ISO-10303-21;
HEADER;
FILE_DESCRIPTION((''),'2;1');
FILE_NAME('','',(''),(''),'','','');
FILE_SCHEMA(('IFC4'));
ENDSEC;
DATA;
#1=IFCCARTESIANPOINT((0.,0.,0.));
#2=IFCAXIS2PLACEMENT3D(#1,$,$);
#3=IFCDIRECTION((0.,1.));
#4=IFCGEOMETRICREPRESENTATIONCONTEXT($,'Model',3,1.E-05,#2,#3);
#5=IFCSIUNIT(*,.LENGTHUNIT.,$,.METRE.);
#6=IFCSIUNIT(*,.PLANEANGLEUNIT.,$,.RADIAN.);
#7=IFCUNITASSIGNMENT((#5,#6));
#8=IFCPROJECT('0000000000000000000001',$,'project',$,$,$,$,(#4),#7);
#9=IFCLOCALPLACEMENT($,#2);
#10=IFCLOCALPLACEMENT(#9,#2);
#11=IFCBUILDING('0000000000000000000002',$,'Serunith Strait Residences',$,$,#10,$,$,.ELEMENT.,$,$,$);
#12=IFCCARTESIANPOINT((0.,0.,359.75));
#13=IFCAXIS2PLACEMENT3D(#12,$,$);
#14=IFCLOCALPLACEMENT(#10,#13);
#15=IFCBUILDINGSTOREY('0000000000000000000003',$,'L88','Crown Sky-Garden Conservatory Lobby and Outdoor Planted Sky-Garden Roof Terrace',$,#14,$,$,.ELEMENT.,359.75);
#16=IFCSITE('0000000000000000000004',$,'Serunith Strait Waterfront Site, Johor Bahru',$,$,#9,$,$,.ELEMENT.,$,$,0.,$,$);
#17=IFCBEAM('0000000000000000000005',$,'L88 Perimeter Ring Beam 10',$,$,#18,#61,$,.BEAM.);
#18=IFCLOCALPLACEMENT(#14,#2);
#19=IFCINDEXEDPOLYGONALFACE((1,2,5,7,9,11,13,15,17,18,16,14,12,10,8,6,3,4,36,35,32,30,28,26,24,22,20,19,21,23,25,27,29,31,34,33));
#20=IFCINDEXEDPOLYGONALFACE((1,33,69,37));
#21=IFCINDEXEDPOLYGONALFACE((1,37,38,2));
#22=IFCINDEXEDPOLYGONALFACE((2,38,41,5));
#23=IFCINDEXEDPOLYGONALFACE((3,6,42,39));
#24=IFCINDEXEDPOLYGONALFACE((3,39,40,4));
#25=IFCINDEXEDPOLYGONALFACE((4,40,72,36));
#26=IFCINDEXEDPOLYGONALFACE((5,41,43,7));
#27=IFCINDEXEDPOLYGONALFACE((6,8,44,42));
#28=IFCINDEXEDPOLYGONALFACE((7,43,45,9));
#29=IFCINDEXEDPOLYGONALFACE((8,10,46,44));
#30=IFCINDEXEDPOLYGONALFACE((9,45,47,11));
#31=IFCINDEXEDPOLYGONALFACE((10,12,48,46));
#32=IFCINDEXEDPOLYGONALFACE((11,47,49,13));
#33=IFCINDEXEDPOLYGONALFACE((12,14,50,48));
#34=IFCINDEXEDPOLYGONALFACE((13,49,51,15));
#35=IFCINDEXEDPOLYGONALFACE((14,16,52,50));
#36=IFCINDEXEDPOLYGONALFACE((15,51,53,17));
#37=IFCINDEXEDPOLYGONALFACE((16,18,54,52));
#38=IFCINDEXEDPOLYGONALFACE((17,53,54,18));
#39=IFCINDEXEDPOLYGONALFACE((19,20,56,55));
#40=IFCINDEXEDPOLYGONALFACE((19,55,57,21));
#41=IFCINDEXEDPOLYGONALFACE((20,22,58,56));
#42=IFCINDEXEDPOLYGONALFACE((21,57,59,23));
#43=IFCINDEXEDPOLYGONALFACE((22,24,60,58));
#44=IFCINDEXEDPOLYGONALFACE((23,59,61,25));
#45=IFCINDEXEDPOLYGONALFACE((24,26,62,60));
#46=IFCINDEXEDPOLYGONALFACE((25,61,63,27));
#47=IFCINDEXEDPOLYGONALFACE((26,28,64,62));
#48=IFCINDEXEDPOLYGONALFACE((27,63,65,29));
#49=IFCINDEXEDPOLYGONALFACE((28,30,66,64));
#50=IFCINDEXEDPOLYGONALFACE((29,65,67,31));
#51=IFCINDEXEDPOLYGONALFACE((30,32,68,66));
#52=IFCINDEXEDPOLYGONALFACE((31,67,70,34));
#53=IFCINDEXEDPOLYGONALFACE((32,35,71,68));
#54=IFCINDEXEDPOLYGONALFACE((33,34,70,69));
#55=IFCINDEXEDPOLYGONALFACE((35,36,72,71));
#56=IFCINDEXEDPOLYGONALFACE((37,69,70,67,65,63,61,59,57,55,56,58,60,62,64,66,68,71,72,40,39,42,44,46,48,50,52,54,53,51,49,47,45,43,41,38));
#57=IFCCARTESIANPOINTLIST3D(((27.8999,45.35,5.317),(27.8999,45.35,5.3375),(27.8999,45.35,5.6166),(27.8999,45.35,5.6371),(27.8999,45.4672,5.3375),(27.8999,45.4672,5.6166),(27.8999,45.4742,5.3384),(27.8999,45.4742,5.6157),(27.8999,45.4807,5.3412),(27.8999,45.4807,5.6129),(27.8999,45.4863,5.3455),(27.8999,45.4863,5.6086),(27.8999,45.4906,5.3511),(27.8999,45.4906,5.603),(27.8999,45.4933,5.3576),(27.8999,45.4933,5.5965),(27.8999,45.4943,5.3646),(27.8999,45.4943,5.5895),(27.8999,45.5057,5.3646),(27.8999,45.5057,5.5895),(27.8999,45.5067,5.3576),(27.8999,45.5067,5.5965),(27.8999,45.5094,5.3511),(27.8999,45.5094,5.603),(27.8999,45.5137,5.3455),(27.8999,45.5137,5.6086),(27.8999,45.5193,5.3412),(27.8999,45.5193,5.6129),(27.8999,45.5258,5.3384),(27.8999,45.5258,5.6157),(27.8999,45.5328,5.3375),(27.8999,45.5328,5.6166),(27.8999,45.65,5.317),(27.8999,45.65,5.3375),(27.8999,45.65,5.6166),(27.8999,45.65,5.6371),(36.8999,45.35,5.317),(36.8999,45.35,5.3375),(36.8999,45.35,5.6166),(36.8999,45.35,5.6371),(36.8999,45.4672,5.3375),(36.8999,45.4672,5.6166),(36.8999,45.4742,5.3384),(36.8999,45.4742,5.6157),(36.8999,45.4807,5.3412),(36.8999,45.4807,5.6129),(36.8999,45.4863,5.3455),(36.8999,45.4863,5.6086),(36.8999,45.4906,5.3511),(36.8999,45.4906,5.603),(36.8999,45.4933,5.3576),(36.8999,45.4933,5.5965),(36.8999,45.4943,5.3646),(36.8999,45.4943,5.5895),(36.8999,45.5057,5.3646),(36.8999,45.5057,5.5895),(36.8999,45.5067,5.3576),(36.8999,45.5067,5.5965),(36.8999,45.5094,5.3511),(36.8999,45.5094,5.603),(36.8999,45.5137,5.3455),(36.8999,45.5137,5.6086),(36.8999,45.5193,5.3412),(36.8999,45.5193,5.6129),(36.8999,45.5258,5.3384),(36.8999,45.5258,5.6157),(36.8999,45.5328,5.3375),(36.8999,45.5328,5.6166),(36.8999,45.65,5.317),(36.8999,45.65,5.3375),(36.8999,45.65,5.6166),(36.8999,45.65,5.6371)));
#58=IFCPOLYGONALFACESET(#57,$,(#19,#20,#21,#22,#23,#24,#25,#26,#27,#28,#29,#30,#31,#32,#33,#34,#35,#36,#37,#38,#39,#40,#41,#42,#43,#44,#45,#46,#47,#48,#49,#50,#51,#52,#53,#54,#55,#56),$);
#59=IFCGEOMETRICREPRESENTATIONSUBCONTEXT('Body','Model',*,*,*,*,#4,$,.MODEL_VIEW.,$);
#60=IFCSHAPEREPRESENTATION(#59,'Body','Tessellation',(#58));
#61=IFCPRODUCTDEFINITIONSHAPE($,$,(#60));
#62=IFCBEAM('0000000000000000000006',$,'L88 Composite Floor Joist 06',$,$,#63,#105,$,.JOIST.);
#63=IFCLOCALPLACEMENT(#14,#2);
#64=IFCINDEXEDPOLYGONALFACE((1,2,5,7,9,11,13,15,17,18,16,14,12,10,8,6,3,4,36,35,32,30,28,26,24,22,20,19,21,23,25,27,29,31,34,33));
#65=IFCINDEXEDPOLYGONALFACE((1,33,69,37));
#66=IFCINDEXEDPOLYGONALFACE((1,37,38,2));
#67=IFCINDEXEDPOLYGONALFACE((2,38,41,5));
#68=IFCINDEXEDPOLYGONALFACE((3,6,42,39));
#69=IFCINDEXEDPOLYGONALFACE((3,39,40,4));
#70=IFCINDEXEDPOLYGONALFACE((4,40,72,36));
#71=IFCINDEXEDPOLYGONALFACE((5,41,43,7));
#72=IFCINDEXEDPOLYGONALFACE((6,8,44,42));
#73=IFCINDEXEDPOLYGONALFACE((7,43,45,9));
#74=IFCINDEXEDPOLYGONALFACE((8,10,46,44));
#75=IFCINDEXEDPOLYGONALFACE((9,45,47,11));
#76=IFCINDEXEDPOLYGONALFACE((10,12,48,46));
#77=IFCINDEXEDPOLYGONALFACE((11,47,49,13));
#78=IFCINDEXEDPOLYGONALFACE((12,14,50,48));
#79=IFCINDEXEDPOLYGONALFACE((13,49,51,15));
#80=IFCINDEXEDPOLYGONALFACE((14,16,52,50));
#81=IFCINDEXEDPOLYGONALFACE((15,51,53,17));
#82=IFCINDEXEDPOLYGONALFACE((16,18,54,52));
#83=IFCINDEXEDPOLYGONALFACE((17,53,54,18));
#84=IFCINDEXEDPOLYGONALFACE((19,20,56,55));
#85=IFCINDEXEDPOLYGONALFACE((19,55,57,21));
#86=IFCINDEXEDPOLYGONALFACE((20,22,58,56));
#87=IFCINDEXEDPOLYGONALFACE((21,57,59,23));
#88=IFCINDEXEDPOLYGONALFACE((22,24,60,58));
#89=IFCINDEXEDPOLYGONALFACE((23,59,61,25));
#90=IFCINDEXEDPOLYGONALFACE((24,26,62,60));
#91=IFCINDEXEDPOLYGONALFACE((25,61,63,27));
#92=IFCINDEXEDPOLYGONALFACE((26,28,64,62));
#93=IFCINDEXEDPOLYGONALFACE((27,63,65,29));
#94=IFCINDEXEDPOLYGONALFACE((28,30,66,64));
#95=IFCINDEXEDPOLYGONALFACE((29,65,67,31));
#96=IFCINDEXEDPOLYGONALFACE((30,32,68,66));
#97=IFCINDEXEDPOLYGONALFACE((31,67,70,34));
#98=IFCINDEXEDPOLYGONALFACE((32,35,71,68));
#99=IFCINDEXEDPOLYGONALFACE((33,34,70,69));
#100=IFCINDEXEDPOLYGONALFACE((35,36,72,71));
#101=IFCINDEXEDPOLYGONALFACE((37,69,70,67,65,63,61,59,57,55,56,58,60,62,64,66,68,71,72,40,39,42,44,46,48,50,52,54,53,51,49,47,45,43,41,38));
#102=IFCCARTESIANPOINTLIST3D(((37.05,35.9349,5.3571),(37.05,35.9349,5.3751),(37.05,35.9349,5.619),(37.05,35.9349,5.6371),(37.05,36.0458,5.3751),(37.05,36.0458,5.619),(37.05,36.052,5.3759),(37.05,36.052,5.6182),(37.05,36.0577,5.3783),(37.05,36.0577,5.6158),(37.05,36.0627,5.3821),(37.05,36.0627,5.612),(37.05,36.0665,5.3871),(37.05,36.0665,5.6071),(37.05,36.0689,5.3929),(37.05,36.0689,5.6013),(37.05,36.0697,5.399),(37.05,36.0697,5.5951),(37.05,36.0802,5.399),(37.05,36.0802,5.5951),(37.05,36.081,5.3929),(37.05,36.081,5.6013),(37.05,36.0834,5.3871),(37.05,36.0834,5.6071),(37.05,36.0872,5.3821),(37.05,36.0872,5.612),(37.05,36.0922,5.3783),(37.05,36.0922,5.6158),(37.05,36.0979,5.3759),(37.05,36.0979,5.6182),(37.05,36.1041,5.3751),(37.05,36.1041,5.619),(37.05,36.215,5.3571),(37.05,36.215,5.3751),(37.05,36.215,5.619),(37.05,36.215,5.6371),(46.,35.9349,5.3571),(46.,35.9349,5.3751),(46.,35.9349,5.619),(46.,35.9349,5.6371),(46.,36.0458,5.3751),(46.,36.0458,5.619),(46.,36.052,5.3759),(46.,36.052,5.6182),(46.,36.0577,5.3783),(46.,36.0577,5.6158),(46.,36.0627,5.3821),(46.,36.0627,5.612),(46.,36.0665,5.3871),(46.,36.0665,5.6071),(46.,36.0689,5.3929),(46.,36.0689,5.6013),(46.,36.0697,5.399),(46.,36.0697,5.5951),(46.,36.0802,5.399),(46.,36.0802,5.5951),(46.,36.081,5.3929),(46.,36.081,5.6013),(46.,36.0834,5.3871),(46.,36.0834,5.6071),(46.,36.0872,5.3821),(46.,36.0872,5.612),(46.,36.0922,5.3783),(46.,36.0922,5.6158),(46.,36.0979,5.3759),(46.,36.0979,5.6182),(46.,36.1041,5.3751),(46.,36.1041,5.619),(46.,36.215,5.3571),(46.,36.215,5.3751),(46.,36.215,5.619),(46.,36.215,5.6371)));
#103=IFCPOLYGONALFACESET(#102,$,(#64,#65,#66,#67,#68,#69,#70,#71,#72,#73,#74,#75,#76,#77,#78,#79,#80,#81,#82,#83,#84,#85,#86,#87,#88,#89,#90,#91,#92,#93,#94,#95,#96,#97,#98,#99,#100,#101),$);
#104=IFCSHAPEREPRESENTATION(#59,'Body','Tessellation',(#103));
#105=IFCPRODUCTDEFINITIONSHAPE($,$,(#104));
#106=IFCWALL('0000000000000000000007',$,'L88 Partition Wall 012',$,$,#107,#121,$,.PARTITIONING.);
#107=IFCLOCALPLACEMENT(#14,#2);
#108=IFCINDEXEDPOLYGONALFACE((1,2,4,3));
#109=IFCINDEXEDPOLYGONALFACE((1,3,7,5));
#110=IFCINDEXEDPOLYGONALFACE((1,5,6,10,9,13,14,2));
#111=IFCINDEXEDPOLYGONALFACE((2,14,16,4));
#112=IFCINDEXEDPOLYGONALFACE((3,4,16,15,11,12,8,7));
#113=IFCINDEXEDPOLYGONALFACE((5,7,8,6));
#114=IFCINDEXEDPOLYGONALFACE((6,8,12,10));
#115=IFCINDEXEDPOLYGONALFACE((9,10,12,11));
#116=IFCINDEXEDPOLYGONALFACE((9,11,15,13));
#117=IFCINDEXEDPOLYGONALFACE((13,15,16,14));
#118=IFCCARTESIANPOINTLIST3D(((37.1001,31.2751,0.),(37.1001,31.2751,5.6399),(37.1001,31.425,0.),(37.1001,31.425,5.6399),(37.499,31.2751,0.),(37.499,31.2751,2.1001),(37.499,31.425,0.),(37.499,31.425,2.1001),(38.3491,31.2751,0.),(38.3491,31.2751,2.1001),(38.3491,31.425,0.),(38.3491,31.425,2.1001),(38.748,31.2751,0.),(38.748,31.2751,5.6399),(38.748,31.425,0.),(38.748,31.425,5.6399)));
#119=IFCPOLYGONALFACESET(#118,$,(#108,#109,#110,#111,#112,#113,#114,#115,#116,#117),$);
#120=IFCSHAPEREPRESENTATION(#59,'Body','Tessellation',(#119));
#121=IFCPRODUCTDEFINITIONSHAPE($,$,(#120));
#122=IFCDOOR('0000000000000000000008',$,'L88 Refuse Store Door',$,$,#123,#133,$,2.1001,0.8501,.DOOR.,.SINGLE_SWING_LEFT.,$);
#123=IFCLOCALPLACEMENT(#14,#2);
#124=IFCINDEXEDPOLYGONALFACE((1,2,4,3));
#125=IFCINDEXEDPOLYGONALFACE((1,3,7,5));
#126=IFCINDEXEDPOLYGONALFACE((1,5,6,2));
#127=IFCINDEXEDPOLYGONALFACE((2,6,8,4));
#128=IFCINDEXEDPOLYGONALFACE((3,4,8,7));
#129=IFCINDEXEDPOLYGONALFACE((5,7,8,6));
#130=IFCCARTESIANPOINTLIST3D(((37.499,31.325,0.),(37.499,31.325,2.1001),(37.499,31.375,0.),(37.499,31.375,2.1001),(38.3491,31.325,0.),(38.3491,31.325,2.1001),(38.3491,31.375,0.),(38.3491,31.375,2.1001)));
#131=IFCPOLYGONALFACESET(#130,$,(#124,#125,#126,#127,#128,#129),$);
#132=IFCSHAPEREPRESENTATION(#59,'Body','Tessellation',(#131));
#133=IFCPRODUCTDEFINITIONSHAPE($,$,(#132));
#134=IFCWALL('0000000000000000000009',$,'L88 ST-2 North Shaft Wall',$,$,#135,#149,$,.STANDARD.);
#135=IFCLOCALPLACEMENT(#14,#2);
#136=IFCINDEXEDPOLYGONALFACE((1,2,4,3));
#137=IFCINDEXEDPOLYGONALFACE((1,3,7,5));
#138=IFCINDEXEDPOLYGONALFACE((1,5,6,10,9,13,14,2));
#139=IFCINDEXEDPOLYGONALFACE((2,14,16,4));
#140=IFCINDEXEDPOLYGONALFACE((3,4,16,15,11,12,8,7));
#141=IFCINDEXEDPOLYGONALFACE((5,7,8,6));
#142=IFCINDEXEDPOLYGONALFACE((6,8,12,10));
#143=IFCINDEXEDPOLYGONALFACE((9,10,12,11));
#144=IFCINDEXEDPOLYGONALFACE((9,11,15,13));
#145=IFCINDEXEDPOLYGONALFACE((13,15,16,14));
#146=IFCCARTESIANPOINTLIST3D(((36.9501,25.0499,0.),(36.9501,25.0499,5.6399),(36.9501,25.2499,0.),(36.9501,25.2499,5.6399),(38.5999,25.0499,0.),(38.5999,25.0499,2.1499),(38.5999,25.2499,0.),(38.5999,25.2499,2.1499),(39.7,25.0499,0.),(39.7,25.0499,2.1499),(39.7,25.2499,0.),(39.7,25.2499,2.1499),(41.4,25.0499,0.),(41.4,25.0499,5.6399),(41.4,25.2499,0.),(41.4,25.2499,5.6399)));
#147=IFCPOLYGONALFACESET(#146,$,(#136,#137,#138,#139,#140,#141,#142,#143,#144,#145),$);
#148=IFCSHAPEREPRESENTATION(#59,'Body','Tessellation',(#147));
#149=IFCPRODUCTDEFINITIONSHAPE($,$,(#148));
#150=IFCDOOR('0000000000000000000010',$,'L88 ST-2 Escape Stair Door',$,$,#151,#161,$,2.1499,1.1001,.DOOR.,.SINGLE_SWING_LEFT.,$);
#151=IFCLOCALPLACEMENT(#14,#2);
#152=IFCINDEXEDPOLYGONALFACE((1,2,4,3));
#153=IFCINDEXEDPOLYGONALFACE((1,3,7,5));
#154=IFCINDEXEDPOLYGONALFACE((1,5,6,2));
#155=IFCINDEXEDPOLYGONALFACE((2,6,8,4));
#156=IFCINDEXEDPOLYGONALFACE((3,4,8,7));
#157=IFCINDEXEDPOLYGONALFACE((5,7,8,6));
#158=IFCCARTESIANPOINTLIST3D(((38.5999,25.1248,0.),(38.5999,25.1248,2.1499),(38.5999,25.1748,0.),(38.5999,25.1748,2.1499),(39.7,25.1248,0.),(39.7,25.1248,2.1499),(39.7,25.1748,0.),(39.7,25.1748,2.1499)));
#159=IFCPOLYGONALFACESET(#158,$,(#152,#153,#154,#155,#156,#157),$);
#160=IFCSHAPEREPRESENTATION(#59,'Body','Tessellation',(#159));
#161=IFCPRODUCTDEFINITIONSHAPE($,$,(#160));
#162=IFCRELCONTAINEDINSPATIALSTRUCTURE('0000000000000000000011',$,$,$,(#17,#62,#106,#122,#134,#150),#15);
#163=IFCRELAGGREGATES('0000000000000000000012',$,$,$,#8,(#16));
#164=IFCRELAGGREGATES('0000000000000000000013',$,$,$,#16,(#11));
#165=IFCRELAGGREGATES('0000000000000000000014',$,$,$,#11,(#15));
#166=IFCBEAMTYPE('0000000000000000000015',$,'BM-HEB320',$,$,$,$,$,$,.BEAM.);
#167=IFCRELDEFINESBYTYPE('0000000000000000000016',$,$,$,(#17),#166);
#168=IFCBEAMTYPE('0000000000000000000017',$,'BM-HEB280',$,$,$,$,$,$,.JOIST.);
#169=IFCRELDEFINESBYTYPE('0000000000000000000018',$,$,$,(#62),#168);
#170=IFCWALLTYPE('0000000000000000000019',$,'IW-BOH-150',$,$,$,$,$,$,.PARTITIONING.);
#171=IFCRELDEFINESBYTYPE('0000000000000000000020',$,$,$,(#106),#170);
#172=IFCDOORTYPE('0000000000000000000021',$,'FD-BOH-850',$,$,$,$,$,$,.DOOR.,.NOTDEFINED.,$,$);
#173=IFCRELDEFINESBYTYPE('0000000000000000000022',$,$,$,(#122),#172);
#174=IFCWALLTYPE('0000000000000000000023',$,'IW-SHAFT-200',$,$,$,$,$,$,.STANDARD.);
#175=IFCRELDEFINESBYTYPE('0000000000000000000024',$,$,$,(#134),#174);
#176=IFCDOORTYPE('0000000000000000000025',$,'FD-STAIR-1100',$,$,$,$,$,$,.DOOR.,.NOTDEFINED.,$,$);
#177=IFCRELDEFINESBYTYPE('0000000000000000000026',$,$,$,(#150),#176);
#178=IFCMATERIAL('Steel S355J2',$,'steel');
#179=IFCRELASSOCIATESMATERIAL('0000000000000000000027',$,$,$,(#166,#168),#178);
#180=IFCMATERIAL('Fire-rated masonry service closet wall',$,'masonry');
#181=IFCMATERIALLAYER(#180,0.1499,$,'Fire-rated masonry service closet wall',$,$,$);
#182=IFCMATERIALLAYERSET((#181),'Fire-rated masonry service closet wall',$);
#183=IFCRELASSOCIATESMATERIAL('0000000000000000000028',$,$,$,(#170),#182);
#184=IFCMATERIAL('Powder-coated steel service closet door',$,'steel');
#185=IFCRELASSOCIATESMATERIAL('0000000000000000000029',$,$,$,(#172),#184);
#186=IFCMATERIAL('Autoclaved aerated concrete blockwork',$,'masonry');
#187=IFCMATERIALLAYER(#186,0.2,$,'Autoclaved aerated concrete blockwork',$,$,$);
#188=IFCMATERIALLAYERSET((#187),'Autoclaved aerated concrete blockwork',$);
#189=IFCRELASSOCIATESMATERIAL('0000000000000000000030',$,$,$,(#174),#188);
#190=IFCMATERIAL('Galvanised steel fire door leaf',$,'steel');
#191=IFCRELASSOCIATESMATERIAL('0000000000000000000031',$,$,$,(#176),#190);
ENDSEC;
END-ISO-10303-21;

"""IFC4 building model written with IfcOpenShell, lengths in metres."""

from ifc_helpers import new_model, si_unit, direction, frame, frame_2d, origin, origin_2d, place, context, subcontext, project, spatial, rectangle, i_section, extrude, source, transform, mapped, material, layer, layer_set, material_profile, profile_set, type_object, element, fill, save


model = new_model("IFC4")

# Units and contexts
model_context = context("Model", 3, precision=1e-05, world=origin(), true_north=direction((0.0, 1.0)))
body_context = subcontext(model_context, "Body", "Model", "MODEL_VIEW")
ifc_project = project(units=[si_unit("LENGTHUNIT", "METRE"), si_unit("PLANEANGLEUNIT", "RADIAN")], contexts=[model_context])

# Site, building, storey
site_placement = place(None, origin())
site = spatial("IfcSite", under=ifc_project, at=site_placement, Name="Serunith Strait Waterfront Site, Johor Bahru", CompositionType="ELEMENT", RefElevation=0.0)
building_placement = place(site_placement, origin())
building = spatial("IfcBuilding", under=site, at=building_placement, Name="Serunith Strait Residences", CompositionType="ELEMENT")
storey_placement = place(building_placement, frame((0.0, 0.0, 359.75)))
storey = spatial("IfcBuildingStorey", under=building, at=storey_placement, Name="L88", Description="Crown Sky-Garden Conservatory Lobby and Outdoor Planted Sky-Garden Roof Terrace", CompositionType="ELEMENT", Elevation=359.75)

# Beams
ifc_material_1 = material(Name="Steel S355J2", Category="steel")
ifc_material_profile_1 = material_profile(ifc_material_1, i_section(OverallWidth=0.3, OverallDepth=0.3201, WebThickness=0.0115, FlangeThickness=0.0205, FilletRadius=0.0271, at=origin_2d()), Name="HEB 320")
ifc_profile_set_1 = profile_set([ifc_material_profile_1], Name="Steel S355J2")
beam_type_1 = type_object("IfcBeamType", Name="BM-HEB320", PredefinedType="BEAM", material=ifc_profile_set_1)
shared_shape_1 = source(origin(), body_context, "Body", "SweptSolid", [
    extrude(i_section(OverallWidth=0.3, OverallDepth=0.3201, WebThickness=0.0115, FlangeThickness=0.0205, FilletRadius=0.0271, at=origin_2d()), origin(), (0.0, 0.0, 1.0), 9.0),
])
beam_1_placement = place(storey_placement, frame((36.8999, 45.5, 5.4771), z_axis=(-1.0, 0.0, 0.0), x_axis=(0.0, -1.0, 0.0)))
element("IfcBeam", 1, at=beam_1_placement, inside=storey, type_object=beam_type_1, Name="L88 Perimeter Ring Beam 10", PredefinedType="BEAM", context=body_context, shape_type="MappedRepresentation", body=[
    mapped(shared_shape_1, transform((0.0, 0.0, 0.0), scale=1.0)),
])
ifc_material_profile_2 = material_profile(ifc_material_1, i_section(OverallWidth=0.28, OverallDepth=0.28, WebThickness=0.0105, FlangeThickness=0.0181, FilletRadius=0.0239, at=origin_2d()), Name="HEB 280")
ifc_profile_set_2 = profile_set([ifc_material_profile_2], Name="Steel S355J2")
beam_type_2 = type_object("IfcBeamType", Name="BM-HEB280", PredefinedType="JOIST", material=ifc_profile_set_2)
shared_shape_2 = source(origin(), body_context, "Body", "SweptSolid", [
    extrude(i_section(OverallWidth=0.28, OverallDepth=0.28, WebThickness=0.0105, FlangeThickness=0.0181, FilletRadius=0.0239, at=origin_2d()), origin(), (0.0, 0.0, 1.0), 8.95),
])
beam_2_placement = place(storey_placement, frame((37.05, 36.075, 5.4971), z_axis=(1.0, 0.0, 0.0), x_axis=(0.0, 1.0, 0.0)))
element("IfcBeam", 2, at=beam_2_placement, inside=storey, type_object=beam_type_2, Name="L88 Composite Floor Joist 06", PredefinedType="JOIST", context=body_context, shape_type="MappedRepresentation", body=[
    mapped(shared_shape_2, transform((0.0, 0.0, 0.0), scale=1.0)),
])

# Walls, openings, doors
ifc_material_2 = material(Name="Fire-rated masonry service closet wall", Category="masonry")
ifc_layer_1 = layer(ifc_material_2, 0.1499, Name="Fire-rated masonry service closet wall")
ifc_layer_set_1 = layer_set([ifc_layer_1], Name="Fire-rated masonry service closet wall")
wall_type_1 = type_object("IfcWallType", Name="IW-BOH-150", PredefinedType="PARTITIONING", material=ifc_layer_set_1)
wall_1_placement = place(storey_placement, frame((37.1001, 31.3501, 0.0), z_axis=(0.0, 0.0, 1.0), x_axis=(1.0, 0.0, 0.0)))
wall_1 = element("IfcWall", 3, at=wall_1_placement, inside=storey, type_object=wall_type_1, Name="L88 Partition Wall 012", PredefinedType="PARTITIONING", context=body_context, shape_type="SweptSolid", body=[
    extrude(rectangle(XDim=1.6479, YDim=0.1499, at=frame_2d((0.824, 0.0))), origin(), (0.0, 0.0, 1.0), 5.6399),
])
opening_1_placement = place(wall_1_placement, frame((0.3989, 0.0, 0.0)))
opening_1 = element("IfcOpeningElement", 4, at=opening_1_placement, cuts=wall_1, PredefinedType="OPENING", context=body_context, shape_type="SweptSolid", body=[
    extrude(rectangle(XDim=0.8501, YDim=2.1001, at=frame_2d((0.425, 1.05))), frame((0.0, 0.085, 0.0), z_axis=(0.0, -1.0, 0.0), x_axis=(1.0, 0.0, 0.0)), (0.0, 0.0, 1.0), 0.1699),
])
ifc_material_3 = material(Name="Powder-coated steel service closet door", Category="steel")
door_type_1 = type_object("IfcDoorType", Name="FD-BOH-850", OperationType="NOTDEFINED", PredefinedType="DOOR", material=ifc_material_3)
shared_shape_3 = source(origin(), body_context, "Body", "SweptSolid", [
    extrude(rectangle(XDim=0.8501, YDim=2.1001, at=frame_2d((0.425, 1.05))), frame((0.0, 0.0249, 0.0), z_axis=(0.0, -1.0, 0.0), x_axis=(1.0, 0.0, 0.0)), (0.0, 0.0, 1.0), 0.05),
])
door_1_placement = place(opening_1_placement, origin())
door_1 = element("IfcDoor", 5, at=door_1_placement, inside=storey, type_object=door_type_1, Name="L88 Refuse Store Door", OperationType="SINGLE_SWING_LEFT", OverallHeight=2.1001, OverallWidth=0.8501, PredefinedType="DOOR", context=body_context, shape_type="MappedRepresentation", body=[
    mapped(shared_shape_3, transform((0.0, 0.0, 0.0), scale=1.0)),
])
fill(opening_1, door_1)
ifc_material_4 = material(Name="Autoclaved aerated concrete blockwork", Category="masonry")
ifc_layer_2 = layer(ifc_material_4, 0.2, Name="Autoclaved aerated concrete blockwork")
ifc_layer_set_2 = layer_set([ifc_layer_2], Name="Autoclaved aerated concrete blockwork")
wall_type_2 = type_object("IfcWallType", Name="IW-SHAFT-200", PredefinedType="STANDARD", material=ifc_layer_set_2)
wall_2_placement = place(storey_placement, frame((36.95, 25.1499, 0.0), z_axis=(0.0, 0.0, 1.0), x_axis=(1.0, 0.0, 0.0)))
wall_2 = element("IfcWall", 6, at=wall_2_placement, inside=storey, type_object=wall_type_2, Name="L88 ST-2 North Shaft Wall", PredefinedType="STANDARD", context=body_context, shape_type="SweptSolid", body=[
    extrude(rectangle(XDim=4.45, YDim=0.2, at=frame_2d((2.2251, 0.0))), origin(), (0.0, 0.0, 1.0), 5.6399),
])
opening_2_placement = place(wall_2_placement, frame((1.6499, 0.0, 0.0)))
opening_2 = element("IfcOpeningElement", 7, at=opening_2_placement, cuts=wall_2, PredefinedType="OPENING", context=body_context, shape_type="SweptSolid", body=[
    extrude(rectangle(XDim=1.1001, YDim=2.1499, at=frame_2d((0.55, 1.075))), frame((0.0, 0.1099, 0.0), z_axis=(0.0, -1.0, 0.0), x_axis=(1.0, 0.0, 0.0)), (0.0, 0.0, 1.0), 0.22),
])
ifc_material_5 = material(Name="Galvanised steel fire door leaf", Category="steel")
door_type_2 = type_object("IfcDoorType", Name="FD-STAIR-1100", OperationType="NOTDEFINED", PredefinedType="DOOR", material=ifc_material_5)
shared_shape_4 = source(origin(), body_context, "Body", "SweptSolid", [
    extrude(rectangle(XDim=1.1001, YDim=2.1499, at=frame_2d((0.55, 1.075))), frame((0.0, 0.0249, 0.0), z_axis=(0.0, -1.0, 0.0), x_axis=(1.0, 0.0, 0.0)), (0.0, 0.0, 1.0), 0.05),
])
door_2_placement = place(opening_2_placement, origin())
door_2 = element("IfcDoor", 8, at=door_2_placement, inside=storey, type_object=door_type_2, Name="L88 ST-2 Escape Stair Door", OperationType="SINGLE_SWING_LEFT", OverallHeight=2.1499, OverallWidth=1.1001, PredefinedType="DOOR", context=body_context, shape_type="MappedRepresentation", body=[
    mapped(shared_shape_4, transform((0.0, 0.0, 0.0), scale=1.0)),
])
fill(opening_2, door_2)

save(model, "model.ifc")
